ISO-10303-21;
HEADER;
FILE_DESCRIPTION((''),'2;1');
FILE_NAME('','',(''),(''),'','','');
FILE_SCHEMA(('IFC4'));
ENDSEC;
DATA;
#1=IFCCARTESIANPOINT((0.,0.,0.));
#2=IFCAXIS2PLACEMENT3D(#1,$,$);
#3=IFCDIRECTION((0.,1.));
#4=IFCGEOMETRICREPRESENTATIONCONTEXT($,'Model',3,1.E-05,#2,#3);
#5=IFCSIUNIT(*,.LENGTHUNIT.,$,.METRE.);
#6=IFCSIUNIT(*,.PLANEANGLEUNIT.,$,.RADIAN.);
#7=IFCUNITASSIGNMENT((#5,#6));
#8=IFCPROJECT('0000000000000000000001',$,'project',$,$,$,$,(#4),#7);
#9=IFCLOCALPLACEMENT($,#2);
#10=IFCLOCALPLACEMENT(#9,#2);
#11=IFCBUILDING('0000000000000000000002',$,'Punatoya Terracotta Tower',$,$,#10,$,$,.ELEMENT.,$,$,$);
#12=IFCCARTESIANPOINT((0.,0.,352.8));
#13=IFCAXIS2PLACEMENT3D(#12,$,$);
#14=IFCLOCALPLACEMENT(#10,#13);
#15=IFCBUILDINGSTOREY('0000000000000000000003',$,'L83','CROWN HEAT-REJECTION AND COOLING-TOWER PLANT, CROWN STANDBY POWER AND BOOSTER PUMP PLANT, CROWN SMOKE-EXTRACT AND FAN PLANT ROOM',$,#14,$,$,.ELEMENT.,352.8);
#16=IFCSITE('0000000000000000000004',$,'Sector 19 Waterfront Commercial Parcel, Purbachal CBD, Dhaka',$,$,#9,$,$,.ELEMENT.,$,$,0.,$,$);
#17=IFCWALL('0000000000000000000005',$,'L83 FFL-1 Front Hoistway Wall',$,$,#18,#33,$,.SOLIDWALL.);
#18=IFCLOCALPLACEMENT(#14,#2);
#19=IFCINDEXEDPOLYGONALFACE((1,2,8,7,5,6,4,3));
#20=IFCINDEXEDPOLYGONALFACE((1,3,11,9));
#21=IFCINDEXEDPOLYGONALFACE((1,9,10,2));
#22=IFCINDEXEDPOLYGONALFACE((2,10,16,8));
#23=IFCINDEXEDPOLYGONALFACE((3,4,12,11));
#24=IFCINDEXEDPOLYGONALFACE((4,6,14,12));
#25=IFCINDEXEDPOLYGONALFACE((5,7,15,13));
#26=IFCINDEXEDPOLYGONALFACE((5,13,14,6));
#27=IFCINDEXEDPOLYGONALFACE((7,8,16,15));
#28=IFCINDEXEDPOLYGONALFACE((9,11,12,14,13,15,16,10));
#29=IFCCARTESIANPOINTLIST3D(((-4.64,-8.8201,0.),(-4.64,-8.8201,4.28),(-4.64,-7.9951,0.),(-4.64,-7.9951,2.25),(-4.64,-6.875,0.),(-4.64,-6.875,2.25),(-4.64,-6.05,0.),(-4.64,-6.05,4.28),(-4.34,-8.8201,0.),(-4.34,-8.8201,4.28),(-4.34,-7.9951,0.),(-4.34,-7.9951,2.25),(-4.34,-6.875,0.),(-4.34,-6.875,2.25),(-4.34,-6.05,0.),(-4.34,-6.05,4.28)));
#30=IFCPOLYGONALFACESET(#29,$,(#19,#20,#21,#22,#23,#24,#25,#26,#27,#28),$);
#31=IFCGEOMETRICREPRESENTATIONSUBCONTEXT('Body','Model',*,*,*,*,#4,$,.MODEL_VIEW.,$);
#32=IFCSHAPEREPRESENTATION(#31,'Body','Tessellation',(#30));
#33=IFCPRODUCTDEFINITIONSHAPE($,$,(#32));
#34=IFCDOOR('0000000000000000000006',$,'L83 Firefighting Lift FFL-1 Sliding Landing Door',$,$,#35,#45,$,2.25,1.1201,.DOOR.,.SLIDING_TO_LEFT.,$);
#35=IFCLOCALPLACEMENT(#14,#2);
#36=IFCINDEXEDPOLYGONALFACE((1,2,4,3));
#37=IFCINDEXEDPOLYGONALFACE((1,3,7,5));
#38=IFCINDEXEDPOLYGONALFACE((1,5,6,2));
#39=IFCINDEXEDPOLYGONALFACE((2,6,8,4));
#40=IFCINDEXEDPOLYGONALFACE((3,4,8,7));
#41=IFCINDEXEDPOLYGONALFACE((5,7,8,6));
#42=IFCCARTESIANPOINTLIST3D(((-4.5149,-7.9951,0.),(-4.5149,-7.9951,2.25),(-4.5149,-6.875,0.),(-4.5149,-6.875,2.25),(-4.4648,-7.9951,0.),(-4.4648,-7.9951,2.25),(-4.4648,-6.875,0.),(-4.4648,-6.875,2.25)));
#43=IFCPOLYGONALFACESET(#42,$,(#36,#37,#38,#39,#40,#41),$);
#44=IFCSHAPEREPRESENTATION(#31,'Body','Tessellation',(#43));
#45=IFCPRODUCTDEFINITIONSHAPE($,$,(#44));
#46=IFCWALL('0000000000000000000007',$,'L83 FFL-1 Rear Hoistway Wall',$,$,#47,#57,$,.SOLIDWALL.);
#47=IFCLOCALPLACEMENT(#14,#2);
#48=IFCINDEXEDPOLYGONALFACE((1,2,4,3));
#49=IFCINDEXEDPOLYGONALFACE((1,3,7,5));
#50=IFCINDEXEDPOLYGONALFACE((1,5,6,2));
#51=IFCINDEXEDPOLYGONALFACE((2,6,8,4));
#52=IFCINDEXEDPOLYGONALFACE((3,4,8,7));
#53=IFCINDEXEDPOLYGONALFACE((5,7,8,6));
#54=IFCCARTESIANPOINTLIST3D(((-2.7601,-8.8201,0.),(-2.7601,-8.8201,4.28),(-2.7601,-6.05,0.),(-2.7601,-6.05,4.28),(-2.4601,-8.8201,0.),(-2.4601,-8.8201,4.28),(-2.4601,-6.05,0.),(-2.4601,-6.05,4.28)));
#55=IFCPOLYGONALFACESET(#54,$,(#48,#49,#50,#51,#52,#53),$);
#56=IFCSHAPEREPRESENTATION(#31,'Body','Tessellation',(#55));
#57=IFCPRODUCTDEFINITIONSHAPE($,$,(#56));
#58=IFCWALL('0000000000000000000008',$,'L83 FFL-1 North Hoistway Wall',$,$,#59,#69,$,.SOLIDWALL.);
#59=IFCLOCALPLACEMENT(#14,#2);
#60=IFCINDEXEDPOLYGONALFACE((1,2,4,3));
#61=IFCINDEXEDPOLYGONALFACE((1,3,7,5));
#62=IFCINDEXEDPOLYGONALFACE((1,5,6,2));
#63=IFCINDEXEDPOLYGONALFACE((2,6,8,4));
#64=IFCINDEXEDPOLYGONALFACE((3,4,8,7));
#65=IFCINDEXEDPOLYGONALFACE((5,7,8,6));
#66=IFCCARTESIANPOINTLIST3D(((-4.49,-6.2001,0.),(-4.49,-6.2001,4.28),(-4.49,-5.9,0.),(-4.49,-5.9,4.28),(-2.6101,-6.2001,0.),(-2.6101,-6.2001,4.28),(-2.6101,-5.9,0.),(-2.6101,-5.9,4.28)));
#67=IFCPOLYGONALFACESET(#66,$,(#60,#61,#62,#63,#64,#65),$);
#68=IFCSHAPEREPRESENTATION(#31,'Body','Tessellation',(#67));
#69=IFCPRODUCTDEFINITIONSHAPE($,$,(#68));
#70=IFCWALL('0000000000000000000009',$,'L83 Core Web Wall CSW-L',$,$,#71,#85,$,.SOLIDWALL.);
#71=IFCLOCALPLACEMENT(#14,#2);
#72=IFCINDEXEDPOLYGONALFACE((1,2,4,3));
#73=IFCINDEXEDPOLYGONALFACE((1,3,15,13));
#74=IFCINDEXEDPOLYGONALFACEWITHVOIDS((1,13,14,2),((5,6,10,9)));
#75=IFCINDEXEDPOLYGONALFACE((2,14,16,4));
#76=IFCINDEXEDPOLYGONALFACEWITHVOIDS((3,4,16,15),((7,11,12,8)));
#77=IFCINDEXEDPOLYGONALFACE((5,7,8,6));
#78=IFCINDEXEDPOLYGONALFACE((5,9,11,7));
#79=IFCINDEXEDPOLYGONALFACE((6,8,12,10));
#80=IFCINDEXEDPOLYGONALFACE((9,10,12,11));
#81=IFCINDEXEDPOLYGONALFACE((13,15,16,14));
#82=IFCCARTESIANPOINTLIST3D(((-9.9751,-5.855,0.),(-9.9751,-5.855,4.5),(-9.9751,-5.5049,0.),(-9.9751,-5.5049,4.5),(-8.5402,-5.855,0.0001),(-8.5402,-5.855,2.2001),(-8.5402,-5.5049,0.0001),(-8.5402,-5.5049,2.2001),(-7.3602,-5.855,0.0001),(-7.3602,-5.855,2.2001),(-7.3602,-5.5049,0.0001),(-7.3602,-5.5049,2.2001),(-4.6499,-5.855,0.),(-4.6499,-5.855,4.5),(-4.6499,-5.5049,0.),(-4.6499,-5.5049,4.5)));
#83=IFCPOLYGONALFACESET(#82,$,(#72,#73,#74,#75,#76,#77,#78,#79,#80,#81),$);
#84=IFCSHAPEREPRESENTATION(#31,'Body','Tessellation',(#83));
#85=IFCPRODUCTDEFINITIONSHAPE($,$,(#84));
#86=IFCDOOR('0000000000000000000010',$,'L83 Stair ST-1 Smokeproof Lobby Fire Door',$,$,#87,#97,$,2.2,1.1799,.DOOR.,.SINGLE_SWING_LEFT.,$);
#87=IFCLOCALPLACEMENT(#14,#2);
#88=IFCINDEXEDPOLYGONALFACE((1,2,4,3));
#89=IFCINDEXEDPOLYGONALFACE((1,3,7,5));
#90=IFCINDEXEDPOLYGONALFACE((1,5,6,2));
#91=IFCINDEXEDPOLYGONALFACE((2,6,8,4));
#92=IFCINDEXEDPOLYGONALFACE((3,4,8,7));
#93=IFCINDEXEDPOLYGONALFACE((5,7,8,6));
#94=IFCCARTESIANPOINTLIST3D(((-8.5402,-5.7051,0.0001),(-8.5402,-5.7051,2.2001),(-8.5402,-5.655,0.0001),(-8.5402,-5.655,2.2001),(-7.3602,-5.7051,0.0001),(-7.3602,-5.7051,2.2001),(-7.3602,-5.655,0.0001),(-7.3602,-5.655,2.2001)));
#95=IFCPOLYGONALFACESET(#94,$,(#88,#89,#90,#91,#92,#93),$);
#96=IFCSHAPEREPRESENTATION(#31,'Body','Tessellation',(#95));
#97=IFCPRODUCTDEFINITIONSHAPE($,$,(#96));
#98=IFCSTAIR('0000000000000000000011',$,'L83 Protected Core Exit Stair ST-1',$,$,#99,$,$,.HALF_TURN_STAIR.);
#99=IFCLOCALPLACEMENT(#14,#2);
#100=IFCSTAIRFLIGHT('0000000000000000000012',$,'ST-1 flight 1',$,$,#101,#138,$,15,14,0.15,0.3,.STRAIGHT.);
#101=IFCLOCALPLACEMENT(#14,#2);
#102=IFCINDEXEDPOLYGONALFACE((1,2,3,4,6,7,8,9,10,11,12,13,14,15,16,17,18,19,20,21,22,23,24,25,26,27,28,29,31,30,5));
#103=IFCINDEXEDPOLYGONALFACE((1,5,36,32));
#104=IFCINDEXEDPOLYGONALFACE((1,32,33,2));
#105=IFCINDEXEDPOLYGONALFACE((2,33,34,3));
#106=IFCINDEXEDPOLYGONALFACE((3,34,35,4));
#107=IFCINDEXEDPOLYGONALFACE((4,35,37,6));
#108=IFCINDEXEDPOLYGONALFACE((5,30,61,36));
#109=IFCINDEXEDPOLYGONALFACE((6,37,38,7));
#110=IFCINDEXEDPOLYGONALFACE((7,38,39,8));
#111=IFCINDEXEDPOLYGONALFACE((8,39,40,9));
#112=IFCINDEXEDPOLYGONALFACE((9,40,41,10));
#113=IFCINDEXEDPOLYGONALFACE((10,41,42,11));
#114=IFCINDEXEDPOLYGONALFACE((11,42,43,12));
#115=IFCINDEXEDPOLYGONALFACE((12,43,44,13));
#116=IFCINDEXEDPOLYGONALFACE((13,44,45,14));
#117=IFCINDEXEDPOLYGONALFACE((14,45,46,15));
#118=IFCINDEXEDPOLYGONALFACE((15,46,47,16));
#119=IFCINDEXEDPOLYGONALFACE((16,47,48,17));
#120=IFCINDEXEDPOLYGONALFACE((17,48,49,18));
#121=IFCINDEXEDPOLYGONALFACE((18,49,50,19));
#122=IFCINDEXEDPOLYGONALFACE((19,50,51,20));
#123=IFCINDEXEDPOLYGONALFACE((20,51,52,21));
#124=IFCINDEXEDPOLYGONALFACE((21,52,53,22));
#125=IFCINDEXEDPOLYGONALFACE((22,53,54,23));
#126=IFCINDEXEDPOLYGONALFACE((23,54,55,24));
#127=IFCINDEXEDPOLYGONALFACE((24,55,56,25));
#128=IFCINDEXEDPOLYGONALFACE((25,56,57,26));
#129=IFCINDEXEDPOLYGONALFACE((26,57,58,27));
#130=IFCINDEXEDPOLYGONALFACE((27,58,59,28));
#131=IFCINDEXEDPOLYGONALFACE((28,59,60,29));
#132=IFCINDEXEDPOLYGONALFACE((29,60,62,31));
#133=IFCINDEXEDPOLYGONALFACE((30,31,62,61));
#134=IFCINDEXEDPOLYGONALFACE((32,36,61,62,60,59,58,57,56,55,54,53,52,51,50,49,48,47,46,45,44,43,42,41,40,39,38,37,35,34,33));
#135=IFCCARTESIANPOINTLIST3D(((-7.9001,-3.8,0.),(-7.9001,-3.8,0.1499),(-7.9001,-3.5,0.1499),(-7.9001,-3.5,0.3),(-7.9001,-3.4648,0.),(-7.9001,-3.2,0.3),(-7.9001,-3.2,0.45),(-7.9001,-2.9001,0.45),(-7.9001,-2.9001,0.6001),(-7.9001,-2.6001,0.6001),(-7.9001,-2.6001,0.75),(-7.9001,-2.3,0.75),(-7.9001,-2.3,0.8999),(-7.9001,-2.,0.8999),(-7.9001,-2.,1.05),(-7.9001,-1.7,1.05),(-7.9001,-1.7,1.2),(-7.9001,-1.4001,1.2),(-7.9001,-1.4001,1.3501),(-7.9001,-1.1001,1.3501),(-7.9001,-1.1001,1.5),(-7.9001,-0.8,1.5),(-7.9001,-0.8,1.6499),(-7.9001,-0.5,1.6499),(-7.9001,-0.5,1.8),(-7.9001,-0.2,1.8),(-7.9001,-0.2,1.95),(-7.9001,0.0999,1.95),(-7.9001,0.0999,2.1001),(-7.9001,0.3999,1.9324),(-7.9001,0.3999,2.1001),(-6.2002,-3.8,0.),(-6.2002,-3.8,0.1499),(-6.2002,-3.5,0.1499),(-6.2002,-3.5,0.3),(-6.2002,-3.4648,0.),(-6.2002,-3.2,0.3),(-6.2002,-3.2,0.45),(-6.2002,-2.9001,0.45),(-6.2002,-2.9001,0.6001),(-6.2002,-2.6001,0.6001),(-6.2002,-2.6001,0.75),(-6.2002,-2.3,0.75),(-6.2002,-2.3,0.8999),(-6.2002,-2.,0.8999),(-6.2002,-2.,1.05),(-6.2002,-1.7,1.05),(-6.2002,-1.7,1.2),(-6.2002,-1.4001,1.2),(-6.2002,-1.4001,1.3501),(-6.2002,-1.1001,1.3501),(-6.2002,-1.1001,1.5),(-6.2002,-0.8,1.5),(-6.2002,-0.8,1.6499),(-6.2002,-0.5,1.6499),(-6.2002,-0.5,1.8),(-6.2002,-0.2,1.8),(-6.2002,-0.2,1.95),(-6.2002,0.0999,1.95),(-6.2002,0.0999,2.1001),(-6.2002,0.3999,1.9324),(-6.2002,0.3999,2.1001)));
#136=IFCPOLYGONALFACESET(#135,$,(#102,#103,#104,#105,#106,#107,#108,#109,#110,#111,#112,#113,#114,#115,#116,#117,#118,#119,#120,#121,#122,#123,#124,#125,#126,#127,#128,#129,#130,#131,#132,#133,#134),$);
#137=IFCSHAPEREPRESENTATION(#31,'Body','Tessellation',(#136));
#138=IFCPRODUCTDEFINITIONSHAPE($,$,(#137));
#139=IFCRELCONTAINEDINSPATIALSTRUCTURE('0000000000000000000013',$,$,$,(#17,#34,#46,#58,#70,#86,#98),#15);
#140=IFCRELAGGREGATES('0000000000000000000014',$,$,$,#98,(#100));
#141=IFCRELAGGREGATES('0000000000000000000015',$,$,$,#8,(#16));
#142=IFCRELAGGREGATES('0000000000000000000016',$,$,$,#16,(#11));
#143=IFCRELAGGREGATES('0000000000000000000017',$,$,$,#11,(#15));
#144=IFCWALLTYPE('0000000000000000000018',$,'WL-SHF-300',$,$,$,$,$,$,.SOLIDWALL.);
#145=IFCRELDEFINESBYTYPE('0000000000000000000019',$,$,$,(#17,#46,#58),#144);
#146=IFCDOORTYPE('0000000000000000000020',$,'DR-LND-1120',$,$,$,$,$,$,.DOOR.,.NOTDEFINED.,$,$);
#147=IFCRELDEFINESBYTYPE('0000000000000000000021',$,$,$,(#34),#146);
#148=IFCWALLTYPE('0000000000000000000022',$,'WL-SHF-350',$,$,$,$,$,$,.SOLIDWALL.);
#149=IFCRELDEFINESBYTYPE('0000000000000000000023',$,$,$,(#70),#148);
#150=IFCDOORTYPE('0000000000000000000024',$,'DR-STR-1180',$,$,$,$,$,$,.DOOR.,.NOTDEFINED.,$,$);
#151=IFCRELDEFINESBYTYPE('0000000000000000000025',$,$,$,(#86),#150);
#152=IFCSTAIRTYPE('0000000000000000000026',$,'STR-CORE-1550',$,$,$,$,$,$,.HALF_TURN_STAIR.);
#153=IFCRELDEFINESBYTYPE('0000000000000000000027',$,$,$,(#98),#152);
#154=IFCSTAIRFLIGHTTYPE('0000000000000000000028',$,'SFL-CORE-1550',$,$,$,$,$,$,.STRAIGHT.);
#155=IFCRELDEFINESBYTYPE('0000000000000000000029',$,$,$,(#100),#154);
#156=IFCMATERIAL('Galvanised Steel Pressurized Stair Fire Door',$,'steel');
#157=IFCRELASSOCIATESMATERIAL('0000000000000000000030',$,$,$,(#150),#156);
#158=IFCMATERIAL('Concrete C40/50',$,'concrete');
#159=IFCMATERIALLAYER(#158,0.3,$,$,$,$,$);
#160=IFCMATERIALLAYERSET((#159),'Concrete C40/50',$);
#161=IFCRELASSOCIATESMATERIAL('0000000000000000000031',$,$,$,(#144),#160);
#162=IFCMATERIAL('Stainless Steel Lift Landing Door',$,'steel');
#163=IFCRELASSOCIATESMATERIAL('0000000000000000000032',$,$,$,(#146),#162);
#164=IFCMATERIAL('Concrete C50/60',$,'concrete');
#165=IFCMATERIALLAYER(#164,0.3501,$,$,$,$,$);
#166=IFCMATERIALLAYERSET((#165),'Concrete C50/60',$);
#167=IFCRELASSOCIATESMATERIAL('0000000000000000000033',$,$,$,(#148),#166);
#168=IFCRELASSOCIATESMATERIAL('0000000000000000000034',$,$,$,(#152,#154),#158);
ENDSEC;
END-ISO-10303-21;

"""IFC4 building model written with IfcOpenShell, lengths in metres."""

from ifc_helpers import new_model, si_unit, direction, frame, frame_2d, origin, place, context, subcontext, project, spatial, polyline, rectangle, outline, extrude, material, layer, layer_set, type_object, element, fill, aggregate, save


model = new_model("IFC4")

# Units and contexts
model_context = context("Model", 3, precision=1e-05, world=origin(), true_north=direction((0.0, 1.0)))
body_context = subcontext(model_context, "Body", "Model", "MODEL_VIEW")
ifc_project = project(units=[si_unit("LENGTHUNIT", "METRE"), si_unit("PLANEANGLEUNIT", "RADIAN")], contexts=[model_context])

# Site, building, storey
site_placement = place(None, origin())
site = spatial("IfcSite", under=ifc_project, at=site_placement, Name="Sector 19 Waterfront Commercial Parcel, Purbachal CBD, Dhaka", CompositionType="ELEMENT", RefElevation=0.0)
building_placement = place(site_placement, origin())
building = spatial("IfcBuilding", under=site, at=building_placement, Name="Punatoya Terracotta Tower", CompositionType="ELEMENT")
storey_placement = place(building_placement, frame((0.0, 0.0, 352.8)))
storey = spatial("IfcBuildingStorey", under=building, at=storey_placement, Name="L83", Description="CROWN HEAT-REJECTION AND COOLING-TOWER PLANT, CROWN STANDBY POWER AND BOOSTER PUMP PLANT, CROWN SMOKE-EXTRACT AND FAN PLANT ROOM", CompositionType="ELEMENT", Elevation=352.8)

# Shared definitions
ifc_material_1 = material(Name="Concrete C50/60", Category="concrete")

# Shared definitions
ifc_material_2 = material(Name="Galvanised Steel Pressurized Stair Fire Door", Category="steel")
door_type_1 = type_object("IfcDoorType", Name="DR-STR-1180", OperationType="NOTDEFINED", PredefinedType="DOOR", material=ifc_material_2)
ifc_material_3 = material(Name="Concrete C40/50", Category="concrete")

# Shared definitions
ifc_layer_1 = layer(ifc_material_3, 0.3)
ifc_layer_set_1 = layer_set([ifc_layer_1], Name="Concrete C40/50")
wall_type_1 = type_object("IfcWallType", Name="WL-SHF-300", PredefinedType="SOLIDWALL", material=ifc_layer_set_1)

# Wall, opening, door
wall_1_placement = place(storey_placement, frame((-4.49, -8.8201, 0.0), z_axis=(0.0, 0.0, 1.0), x_axis=(0.0, 1.0, 0.0)))
wall_1 = element("IfcWall", 1, at=wall_1_placement, inside=storey, type_object=wall_type_1, Name="L83 FFL-1 Front Hoistway Wall", PredefinedType="SOLIDWALL", context=body_context, shape_type="SweptSolid", body=[
    extrude(rectangle(XDim=2.77, YDim=0.3, at=frame_2d((1.385, 0.0))), origin(), (0.0, 0.0, 1.0), 4.28),
])
opening_1_placement = place(wall_1_placement, frame((0.825, 0.0, 0.0)))
opening_1 = element("IfcOpeningElement", 2, at=opening_1_placement, cuts=wall_1, PredefinedType="OPENING", context=body_context, shape_type="SweptSolid", body=[
    extrude(rectangle(XDim=1.1201, YDim=2.25, at=frame_2d((0.5601, 1.125))), frame((0.0, 0.1599, 0.0), z_axis=(0.0, -1.0, 0.0), x_axis=(1.0, 0.0, 0.0)), (0.0, 0.0, 1.0), 0.3201),
])
ifc_material_4 = material(Name="Stainless Steel Lift Landing Door", Category="steel")
door_type_2 = type_object("IfcDoorType", Name="DR-LND-1120", OperationType="NOTDEFINED", PredefinedType="DOOR", material=ifc_material_4)
door_1_placement = place(opening_1_placement, origin())
door_1 = element("IfcDoor", 3, at=door_1_placement, inside=storey, type_object=door_type_2, Name="L83 Firefighting Lift FFL-1 Sliding Landing Door", OperationType="SLIDING_TO_LEFT", OverallHeight=2.25, OverallWidth=1.1201, PredefinedType="DOOR", context=body_context, shape_type="SweptSolid", body=[
    extrude(rectangle(XDim=1.1201, YDim=2.25, at=frame_2d((0.5601, 1.125))), frame((0.0, 0.0249, 0.0), z_axis=(0.0, -1.0, 0.0), x_axis=(1.0, 0.0, 0.0)), (0.0, 0.0, 1.0), 0.05),
])
fill(opening_1, door_1)

# Walls
wall_2_placement = place(storey_placement, frame((-2.6101, -8.8201, 0.0), z_axis=(0.0, 0.0, 1.0), x_axis=(0.0, 1.0, 0.0)))
element("IfcWall", 4, at=wall_2_placement, inside=storey, type_object=wall_type_1, Name="L83 FFL-1 Rear Hoistway Wall", PredefinedType="SOLIDWALL", context=body_context, shape_type="SweptSolid", body=[
    extrude(rectangle(XDim=2.77, YDim=0.3, at=frame_2d((1.385, 0.0))), origin(), (0.0, 0.0, 1.0), 4.28),
])
wall_3_placement = place(storey_placement, frame((-4.49, -6.05, 0.0), z_axis=(0.0, 0.0, 1.0), x_axis=(1.0, 0.0, 0.0)))
element("IfcWall", 5, at=wall_3_placement, inside=storey, type_object=wall_type_1, Name="L83 FFL-1 North Hoistway Wall", PredefinedType="SOLIDWALL", context=body_context, shape_type="SweptSolid", body=[
    extrude(rectangle(XDim=1.8799, YDim=0.3, at=frame_2d((0.9399, 0.0))), origin(), (0.0, 0.0, 1.0), 4.28),
])

# Wall, opening, door
ifc_layer_2 = layer(ifc_material_1, 0.3501)
ifc_layer_set_2 = layer_set([ifc_layer_2], Name="Concrete C50/60")
wall_type_2 = type_object("IfcWallType", Name="WL-SHF-350", PredefinedType="SOLIDWALL", material=ifc_layer_set_2)
wall_4_placement = place(storey_placement, frame((-9.9751, -5.6799, 0.0), z_axis=(0.0, 0.0, 1.0), x_axis=(1.0, 0.0, 0.0)))
wall_4 = element("IfcWall", 6, at=wall_4_placement, inside=storey, type_object=wall_type_2, Name="L83 Core Web Wall CSW-L", PredefinedType="SOLIDWALL", context=body_context, shape_type="SweptSolid", body=[
    extrude(rectangle(XDim=5.3252, YDim=0.3501, at=frame_2d((2.6626, 0.0))), origin(), (0.0, 0.0, 1.0), 4.5),
])
opening_2_placement = place(wall_4_placement, frame((1.4351, 0.0, 0.0)))
opening_2 = element("IfcOpeningElement", 7, at=opening_2_placement, cuts=wall_4, PredefinedType="OPENING", context=body_context, shape_type="SweptSolid", body=[
    extrude(rectangle(XDim=1.1799, YDim=2.2, at=frame_2d((0.5898, 1.1001))), frame((0.0, 0.1851, 0.0), z_axis=(0.0, -1.0, 0.0), x_axis=(1.0, 0.0, 0.0)), (0.0, 0.0, 1.0), 0.3701),
])
door_2_placement = place(opening_2_placement, origin())
door_2 = element("IfcDoor", 8, at=door_2_placement, inside=storey, type_object=door_type_1, Name="L83 Stair ST-1 Smokeproof Lobby Fire Door", OperationType="SINGLE_SWING_LEFT", OverallHeight=2.2, OverallWidth=1.1799, PredefinedType="DOOR", context=body_context, shape_type="SweptSolid", body=[
    extrude(rectangle(XDim=1.1799, YDim=2.2, at=frame_2d((0.5898, 1.1001))), frame((0.0, 0.0249, 0.0), z_axis=(0.0, -1.0, 0.0), x_axis=(1.0, 0.0, 0.0)), (0.0, 0.0, 1.0), 0.05),
])
fill(opening_2, door_2)

# Stair, stair flight
stair_type = type_object("IfcStairType", Name="STR-CORE-1550", PredefinedType="HALF_TURN_STAIR", material=ifc_material_3)
stair_placement = place(storey_placement, origin())
stair = element("IfcStair", 9, at=stair_placement, inside=storey, type_object=stair_type, Name="L83 Protected Core Exit Stair ST-1", PredefinedType="HALF_TURN_STAIR")
stair_flight_type = type_object("IfcStairFlightType", Name="SFL-CORE-1550", PredefinedType="STRAIGHT", material=ifc_material_3)
stair_flight_placement = place(storey_placement, frame((-7.05, -3.8, 0.0), z_axis=(0.0, 0.0, 1.0), x_axis=(0.0, 1.0, 0.0)))
stair_flight = element("IfcStairFlight", 10, at=stair_flight_placement, type_object=stair_flight_type, Name="ST-1 flight 1", NumberOfRisers=15, NumberOfTreads=14, PredefinedType="STRAIGHT", RiserHeight=0.15, TreadLength=0.3, context=body_context, shape_type="SweptSolid", body=[
    extrude(outline(polyline([(0.0, 0.0), (0.0, 0.1499), (0.3, 0.1499), (0.3, 0.3), (0.6001, 0.3), (0.6001, 0.45), (0.8999, 0.45), (0.8999, 0.6001), (1.2, 0.6001), (1.2, 0.75), (1.5, 0.75), (1.5, 0.8999), (1.8, 0.8999), (1.8, 1.05), (2.1001, 1.05), (2.1001, 1.2), (2.3999, 1.2), (2.3999, 1.3501), (2.7, 1.3501), (2.7, 1.5), (3.0, 1.5), (3.0, 1.6499), (3.3, 1.6499), (3.3, 1.8), (3.6001, 1.8), (3.6001, 1.95), (3.8999, 1.95), (3.8999, 2.1001), (4.2, 2.1001), (4.2, 2.25), (4.2, 1.9324), (0.3352, 0.0), (0.0, 0.0)])), frame((0.0, 0.8501, 0.0), z_axis=(0.0, -1.0, 0.0), x_axis=(1.0, 0.0, 0.0)), (0.0, 0.0, 1.0), 1.7),
])
aggregate(stair, [stair_flight])

save(model, "model.ifc")
